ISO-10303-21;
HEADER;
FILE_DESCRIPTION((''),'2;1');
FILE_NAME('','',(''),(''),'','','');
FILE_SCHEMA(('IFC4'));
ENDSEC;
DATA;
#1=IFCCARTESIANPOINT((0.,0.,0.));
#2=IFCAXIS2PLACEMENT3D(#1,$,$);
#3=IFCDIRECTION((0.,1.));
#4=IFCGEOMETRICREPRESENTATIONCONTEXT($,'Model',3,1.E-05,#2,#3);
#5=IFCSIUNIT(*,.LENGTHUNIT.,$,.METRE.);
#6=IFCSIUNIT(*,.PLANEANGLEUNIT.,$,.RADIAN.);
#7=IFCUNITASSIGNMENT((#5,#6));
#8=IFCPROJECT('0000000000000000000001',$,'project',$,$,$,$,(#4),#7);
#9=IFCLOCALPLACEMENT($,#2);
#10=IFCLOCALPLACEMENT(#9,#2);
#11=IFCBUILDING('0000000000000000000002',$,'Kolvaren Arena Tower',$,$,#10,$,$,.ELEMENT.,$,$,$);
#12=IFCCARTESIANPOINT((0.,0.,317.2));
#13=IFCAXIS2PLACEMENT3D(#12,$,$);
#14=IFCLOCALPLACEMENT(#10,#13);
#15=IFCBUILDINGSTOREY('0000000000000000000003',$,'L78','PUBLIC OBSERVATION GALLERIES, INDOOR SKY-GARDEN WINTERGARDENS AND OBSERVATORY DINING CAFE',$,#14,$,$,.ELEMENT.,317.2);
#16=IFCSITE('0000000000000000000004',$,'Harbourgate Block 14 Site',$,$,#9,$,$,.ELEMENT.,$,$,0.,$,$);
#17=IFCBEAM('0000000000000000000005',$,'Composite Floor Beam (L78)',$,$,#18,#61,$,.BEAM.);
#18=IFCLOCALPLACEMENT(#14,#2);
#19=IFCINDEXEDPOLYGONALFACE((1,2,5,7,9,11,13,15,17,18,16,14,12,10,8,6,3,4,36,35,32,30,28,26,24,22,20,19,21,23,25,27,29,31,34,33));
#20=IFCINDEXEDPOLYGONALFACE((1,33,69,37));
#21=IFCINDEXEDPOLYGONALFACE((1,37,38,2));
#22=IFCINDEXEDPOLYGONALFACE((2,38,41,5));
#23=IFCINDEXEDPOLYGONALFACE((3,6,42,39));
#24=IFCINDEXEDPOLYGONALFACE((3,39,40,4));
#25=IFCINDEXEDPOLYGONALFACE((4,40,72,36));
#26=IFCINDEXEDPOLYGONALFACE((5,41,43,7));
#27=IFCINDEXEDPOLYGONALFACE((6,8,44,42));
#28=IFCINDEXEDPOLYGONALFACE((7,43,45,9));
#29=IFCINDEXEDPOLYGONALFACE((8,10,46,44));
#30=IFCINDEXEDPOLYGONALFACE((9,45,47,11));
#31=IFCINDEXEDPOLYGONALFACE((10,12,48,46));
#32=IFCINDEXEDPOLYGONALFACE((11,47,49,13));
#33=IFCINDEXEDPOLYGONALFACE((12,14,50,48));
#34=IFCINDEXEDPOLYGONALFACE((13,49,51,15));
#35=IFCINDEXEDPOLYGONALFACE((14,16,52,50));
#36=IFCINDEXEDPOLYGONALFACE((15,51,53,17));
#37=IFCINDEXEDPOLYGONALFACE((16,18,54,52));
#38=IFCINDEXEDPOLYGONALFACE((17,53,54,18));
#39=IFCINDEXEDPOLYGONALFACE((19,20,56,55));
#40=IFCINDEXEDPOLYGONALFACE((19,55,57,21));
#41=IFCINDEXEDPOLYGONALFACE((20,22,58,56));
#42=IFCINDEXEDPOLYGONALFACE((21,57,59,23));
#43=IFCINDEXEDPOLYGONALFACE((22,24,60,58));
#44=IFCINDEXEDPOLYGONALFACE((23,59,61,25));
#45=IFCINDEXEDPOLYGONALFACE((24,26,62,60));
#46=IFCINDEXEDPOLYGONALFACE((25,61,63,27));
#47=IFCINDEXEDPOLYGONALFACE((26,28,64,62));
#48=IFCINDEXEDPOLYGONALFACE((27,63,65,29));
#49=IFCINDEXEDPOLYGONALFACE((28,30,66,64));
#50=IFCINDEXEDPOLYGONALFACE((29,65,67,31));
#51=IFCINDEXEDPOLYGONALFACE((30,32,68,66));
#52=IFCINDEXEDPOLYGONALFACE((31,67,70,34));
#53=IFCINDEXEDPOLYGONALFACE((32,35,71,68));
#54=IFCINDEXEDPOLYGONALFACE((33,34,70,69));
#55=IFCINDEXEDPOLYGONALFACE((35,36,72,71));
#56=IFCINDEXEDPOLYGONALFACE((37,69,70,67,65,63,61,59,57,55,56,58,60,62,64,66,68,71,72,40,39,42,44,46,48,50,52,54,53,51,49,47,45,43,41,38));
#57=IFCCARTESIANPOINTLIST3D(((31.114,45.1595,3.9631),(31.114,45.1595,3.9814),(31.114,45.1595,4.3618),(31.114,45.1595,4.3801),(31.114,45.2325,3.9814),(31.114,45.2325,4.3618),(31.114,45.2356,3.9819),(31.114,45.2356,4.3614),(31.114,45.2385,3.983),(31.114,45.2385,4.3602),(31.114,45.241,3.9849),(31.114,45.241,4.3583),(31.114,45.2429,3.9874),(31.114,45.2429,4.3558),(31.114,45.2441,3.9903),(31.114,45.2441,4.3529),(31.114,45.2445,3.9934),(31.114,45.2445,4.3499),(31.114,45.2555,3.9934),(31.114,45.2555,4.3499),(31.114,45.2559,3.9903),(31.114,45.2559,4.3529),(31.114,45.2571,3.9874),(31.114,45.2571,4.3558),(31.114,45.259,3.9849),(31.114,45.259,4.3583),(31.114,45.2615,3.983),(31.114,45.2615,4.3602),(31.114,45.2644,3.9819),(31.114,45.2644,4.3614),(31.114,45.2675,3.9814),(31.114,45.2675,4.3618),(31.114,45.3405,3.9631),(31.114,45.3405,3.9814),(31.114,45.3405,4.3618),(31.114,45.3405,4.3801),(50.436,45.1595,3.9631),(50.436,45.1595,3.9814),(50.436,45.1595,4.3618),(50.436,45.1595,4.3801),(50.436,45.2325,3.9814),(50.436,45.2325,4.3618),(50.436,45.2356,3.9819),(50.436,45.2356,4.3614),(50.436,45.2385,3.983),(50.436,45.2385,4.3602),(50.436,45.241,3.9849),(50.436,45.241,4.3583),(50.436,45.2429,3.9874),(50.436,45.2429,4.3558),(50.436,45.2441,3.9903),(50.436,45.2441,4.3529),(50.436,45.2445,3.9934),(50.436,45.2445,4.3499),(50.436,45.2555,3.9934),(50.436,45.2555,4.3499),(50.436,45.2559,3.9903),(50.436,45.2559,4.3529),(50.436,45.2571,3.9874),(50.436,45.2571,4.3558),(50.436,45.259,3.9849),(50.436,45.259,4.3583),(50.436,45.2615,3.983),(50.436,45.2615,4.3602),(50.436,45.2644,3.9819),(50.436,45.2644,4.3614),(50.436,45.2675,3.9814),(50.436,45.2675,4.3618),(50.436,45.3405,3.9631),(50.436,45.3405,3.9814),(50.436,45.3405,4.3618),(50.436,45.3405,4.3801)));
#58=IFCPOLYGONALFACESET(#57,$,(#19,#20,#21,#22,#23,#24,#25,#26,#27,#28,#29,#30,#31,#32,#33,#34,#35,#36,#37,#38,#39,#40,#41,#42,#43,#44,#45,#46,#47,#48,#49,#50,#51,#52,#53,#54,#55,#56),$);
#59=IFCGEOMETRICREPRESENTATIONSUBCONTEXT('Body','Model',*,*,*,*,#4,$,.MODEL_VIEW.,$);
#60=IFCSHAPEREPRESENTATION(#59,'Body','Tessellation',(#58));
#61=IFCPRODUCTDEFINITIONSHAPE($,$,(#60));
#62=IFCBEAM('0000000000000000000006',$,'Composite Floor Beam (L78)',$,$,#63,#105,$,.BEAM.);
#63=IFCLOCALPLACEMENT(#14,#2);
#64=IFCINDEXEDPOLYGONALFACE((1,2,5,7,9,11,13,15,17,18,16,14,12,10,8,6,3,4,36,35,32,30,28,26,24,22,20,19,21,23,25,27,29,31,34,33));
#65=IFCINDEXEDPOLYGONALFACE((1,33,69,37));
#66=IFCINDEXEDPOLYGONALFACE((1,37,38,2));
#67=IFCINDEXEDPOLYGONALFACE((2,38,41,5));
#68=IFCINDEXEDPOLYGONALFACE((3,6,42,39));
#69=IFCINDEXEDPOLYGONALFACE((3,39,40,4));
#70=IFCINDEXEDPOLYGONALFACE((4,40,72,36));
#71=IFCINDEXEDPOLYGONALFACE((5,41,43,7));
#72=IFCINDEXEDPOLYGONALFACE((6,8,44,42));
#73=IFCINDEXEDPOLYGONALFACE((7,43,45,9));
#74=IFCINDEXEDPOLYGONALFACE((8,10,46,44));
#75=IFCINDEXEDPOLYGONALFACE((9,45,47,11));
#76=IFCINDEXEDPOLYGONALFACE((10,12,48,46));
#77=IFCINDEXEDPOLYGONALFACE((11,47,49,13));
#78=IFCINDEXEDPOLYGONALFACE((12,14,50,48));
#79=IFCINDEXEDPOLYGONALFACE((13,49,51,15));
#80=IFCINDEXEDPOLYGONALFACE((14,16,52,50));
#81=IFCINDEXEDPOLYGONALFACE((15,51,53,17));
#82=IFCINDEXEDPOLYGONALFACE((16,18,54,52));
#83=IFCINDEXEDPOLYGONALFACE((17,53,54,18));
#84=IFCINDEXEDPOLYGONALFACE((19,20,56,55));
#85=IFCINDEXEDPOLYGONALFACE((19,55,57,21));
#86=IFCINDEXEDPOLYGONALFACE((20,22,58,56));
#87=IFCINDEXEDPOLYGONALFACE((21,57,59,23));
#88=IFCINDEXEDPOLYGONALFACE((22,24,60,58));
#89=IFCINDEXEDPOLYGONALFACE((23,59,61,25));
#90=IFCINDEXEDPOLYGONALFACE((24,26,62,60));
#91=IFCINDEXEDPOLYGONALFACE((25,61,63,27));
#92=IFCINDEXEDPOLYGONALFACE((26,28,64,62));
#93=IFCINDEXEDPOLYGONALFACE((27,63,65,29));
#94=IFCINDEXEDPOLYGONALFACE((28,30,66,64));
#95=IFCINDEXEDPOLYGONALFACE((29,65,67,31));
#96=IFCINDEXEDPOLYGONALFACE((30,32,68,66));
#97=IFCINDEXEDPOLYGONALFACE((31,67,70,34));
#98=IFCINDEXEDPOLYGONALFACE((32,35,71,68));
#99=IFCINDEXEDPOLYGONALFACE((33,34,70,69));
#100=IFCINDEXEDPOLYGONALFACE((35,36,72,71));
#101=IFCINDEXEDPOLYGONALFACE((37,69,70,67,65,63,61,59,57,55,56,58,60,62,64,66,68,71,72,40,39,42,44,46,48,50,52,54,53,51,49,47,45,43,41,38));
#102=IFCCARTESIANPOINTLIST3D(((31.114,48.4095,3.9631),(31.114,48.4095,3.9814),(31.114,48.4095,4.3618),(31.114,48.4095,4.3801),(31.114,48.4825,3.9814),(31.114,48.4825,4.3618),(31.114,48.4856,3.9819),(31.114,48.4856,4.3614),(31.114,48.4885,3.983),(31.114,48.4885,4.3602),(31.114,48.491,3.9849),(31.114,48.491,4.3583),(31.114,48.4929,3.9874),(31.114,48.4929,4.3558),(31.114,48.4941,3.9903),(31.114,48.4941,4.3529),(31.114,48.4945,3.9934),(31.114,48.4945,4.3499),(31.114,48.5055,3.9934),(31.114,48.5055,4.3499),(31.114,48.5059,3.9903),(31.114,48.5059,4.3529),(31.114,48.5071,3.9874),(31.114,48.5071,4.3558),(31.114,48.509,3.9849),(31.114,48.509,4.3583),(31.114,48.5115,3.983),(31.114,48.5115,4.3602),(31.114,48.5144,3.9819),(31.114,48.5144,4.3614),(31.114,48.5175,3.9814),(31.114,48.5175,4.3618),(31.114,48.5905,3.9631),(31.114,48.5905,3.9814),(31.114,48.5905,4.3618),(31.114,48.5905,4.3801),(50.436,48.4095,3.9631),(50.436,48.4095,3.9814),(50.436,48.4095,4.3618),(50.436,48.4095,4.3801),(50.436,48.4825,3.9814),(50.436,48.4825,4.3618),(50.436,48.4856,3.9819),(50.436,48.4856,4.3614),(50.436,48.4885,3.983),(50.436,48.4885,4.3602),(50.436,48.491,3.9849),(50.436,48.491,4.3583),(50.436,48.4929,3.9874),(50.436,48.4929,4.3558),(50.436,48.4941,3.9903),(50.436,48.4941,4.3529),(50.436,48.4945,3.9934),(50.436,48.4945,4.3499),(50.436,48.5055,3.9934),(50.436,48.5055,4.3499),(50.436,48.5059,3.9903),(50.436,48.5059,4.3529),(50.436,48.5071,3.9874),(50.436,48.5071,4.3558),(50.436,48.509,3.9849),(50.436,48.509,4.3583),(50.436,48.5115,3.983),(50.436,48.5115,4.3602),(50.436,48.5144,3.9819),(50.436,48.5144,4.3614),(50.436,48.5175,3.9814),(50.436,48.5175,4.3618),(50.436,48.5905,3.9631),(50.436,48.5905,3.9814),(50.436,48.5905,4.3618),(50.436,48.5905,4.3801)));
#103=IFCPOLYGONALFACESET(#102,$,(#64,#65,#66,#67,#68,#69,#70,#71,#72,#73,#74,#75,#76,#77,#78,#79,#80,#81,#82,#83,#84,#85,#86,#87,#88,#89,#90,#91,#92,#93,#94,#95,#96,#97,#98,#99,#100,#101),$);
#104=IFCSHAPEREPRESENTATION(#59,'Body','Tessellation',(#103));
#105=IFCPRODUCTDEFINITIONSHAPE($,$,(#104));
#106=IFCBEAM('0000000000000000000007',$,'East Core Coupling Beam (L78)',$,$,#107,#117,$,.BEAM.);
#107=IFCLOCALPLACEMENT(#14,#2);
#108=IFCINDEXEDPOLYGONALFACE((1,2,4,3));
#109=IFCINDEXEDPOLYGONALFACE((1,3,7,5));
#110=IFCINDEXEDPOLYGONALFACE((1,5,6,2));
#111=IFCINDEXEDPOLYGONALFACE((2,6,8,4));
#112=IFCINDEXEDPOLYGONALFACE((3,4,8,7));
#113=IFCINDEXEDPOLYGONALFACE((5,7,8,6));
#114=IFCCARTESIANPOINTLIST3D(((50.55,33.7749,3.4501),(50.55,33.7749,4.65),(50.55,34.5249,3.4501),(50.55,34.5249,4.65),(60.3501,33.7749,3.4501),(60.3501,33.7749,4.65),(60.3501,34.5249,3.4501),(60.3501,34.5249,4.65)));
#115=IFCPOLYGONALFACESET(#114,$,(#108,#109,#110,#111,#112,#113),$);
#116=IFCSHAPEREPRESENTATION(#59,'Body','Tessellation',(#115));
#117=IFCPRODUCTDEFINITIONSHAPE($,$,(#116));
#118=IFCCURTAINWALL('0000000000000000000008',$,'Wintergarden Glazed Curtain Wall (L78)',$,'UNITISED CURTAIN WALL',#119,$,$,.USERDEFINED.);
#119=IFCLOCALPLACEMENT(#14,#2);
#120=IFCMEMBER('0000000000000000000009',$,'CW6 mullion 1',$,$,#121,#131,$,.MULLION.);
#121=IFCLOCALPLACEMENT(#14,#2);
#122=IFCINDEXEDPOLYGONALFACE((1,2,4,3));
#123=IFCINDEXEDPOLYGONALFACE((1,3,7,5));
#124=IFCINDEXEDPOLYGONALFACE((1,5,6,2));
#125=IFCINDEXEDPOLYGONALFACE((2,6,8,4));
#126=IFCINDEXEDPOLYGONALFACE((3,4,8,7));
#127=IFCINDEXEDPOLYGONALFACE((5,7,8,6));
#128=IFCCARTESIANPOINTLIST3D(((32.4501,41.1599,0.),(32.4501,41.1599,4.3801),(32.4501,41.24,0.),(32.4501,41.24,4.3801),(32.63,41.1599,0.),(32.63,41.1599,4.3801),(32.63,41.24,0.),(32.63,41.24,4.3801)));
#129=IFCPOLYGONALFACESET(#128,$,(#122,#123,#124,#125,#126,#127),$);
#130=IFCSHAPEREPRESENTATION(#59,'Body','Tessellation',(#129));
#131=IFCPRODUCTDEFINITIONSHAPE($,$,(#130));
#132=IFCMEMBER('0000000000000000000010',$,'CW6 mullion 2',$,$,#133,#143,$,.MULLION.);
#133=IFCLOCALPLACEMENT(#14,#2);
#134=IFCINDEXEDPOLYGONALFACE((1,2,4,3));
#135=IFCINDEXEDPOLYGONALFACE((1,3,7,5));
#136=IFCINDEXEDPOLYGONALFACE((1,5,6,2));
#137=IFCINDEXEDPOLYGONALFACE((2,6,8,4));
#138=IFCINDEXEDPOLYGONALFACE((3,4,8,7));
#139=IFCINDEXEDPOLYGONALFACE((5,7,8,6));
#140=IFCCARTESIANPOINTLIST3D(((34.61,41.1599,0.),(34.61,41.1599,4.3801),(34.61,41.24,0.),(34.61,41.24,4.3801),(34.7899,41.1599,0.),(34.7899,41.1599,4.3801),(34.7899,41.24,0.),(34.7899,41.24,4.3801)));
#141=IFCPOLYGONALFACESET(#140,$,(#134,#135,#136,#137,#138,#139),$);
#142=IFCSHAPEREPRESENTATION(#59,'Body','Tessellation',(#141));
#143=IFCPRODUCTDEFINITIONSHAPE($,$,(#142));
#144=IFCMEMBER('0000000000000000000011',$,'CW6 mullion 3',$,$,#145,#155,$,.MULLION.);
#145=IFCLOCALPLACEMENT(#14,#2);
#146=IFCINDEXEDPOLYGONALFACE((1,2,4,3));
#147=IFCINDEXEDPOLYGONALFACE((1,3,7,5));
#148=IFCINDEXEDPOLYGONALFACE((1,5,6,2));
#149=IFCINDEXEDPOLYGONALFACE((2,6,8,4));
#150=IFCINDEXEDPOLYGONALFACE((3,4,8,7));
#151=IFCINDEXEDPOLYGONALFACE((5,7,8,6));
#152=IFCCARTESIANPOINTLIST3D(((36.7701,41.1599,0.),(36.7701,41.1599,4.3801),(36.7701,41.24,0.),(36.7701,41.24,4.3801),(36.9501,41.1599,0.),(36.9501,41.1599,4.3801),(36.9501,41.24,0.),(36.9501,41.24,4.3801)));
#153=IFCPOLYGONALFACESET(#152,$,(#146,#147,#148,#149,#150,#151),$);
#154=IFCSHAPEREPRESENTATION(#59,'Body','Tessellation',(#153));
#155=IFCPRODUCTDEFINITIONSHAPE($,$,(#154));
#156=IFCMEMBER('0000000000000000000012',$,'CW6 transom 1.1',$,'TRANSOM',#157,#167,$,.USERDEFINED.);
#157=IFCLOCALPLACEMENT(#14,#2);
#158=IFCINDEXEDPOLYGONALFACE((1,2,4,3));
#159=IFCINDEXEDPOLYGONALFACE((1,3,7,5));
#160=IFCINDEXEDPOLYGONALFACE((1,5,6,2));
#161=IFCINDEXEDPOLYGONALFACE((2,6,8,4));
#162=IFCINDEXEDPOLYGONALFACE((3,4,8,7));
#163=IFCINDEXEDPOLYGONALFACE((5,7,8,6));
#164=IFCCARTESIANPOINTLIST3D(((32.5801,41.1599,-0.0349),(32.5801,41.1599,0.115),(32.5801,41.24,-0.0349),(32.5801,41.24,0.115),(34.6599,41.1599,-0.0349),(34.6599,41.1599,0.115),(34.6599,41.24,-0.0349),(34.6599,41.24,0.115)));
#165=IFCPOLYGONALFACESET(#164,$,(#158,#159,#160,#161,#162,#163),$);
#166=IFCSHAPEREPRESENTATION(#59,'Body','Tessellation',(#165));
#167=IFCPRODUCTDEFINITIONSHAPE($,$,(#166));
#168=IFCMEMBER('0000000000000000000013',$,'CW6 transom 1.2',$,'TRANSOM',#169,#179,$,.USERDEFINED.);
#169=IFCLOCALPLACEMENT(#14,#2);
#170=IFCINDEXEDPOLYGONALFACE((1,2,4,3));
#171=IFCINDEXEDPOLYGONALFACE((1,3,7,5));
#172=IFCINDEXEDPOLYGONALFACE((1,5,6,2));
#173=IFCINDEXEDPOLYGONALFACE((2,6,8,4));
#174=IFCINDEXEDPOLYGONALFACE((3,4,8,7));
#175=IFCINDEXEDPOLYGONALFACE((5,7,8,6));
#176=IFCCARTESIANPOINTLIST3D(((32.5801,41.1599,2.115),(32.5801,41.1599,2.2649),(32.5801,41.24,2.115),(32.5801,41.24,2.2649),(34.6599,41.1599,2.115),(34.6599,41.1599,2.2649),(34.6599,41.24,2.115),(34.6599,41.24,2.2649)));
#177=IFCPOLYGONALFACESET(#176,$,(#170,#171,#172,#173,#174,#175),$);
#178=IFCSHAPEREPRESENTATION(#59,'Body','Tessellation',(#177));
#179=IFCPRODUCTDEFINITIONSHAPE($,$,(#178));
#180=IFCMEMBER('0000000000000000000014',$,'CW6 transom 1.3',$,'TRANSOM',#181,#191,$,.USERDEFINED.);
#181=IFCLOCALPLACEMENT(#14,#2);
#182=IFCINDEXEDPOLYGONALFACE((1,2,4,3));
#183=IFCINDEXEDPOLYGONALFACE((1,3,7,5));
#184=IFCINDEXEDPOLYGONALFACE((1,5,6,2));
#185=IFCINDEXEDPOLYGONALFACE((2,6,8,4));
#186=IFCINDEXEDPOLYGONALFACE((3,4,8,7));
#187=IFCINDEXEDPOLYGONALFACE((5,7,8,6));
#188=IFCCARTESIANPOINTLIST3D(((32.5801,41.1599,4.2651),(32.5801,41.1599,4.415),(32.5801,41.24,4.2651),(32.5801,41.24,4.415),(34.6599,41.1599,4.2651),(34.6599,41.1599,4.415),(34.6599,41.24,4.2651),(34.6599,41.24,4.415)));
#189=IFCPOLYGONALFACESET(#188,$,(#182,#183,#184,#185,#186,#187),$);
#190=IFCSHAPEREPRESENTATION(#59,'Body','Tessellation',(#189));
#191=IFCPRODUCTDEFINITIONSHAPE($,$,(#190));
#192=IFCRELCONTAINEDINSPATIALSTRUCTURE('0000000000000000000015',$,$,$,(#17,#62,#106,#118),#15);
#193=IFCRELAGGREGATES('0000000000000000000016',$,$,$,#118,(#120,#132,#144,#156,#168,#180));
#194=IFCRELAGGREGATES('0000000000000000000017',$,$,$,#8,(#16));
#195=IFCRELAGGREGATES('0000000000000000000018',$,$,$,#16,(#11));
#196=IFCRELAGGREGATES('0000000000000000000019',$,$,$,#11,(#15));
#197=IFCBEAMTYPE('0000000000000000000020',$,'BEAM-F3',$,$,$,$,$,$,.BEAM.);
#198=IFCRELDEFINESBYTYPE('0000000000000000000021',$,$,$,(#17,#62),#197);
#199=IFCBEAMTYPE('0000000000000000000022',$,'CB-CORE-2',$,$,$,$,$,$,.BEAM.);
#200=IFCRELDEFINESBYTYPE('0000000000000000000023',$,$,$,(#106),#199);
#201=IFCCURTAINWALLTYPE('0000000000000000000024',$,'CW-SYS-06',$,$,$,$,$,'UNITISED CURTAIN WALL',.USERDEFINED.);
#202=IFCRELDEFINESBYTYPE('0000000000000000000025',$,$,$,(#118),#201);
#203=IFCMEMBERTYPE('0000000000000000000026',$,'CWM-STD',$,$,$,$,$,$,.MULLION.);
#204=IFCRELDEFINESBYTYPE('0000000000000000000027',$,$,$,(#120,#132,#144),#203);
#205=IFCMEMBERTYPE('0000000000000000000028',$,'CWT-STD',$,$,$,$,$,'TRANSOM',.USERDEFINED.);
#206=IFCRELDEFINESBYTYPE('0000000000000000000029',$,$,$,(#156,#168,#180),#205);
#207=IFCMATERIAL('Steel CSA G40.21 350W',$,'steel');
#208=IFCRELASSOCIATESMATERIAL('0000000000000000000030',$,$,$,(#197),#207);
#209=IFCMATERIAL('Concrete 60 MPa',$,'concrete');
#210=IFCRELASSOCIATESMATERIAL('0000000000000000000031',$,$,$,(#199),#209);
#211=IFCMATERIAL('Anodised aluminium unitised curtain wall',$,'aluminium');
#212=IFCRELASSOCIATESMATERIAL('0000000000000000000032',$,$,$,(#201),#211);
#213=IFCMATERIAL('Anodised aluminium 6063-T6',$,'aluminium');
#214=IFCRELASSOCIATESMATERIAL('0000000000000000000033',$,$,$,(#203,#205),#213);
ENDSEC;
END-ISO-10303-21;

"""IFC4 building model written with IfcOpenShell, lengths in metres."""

from ifc_helpers import new_model, si_unit, direction, frame, origin, origin_2d, place, context, subcontext, project, spatial, rectangle, i_section, extrude, material, material_profile, profile_set, type_object, element, aggregate, save


model = new_model("IFC4")

# Units and contexts
model_context = context("Model", 3, precision=1e-05, world=origin(), true_north=direction((0.0, 1.0)))
body_context = subcontext(model_context, "Body", "Model", "MODEL_VIEW")
ifc_project = project(units=[si_unit("LENGTHUNIT", "METRE"), si_unit("PLANEANGLEUNIT", "RADIAN")], contexts=[model_context])

# Site, building, storey
site_placement = place(None, origin())
site = spatial("IfcSite", under=ifc_project, at=site_placement, Name="Harbourgate Block 14 Site", CompositionType="ELEMENT", RefElevation=0.0)
building_placement = place(site_placement, origin())
building = spatial("IfcBuilding", under=site, at=building_placement, Name="Kolvaren Arena Tower", CompositionType="ELEMENT")
storey_placement = place(building_placement, frame((0.0, 0.0, 317.2)))
storey = spatial("IfcBuildingStorey", under=building, at=storey_placement, Name="L78", Description="PUBLIC OBSERVATION GALLERIES, INDOOR SKY-GARDEN WINTERGARDENS AND OBSERVATORY DINING CAFE", CompositionType="ELEMENT", Elevation=317.2)

# Beams
ifc_material_1 = material(Name="Steel CSA G40.21 350W", Category="steel")
ifc_material_profile_1 = material_profile(ifc_material_1, i_section(OverallWidth=0.1809, OverallDepth=0.417, WebThickness=0.011, FlangeThickness=0.0183, FilletRadius=0.012, at=origin_2d()), Name="W410x85")
ifc_profile_set_1 = profile_set([ifc_material_profile_1], Name="Steel CSA G40.21 350W")
beam_type_1 = type_object("IfcBeamType", Name="BEAM-F3", PredefinedType="BEAM", material=ifc_profile_set_1)
for number, where, z_axis, x_axis, name in (
    (1, (31.114, 45.25, 4.1716), (1.0, 0.0, 0.0), (0.0, 1.0, 0.0), "Composite Floor Beam (L78)"),
    (2, (31.114, 48.5, 4.1716), (1.0, 0.0, 0.0), (0.0, 1.0, 0.0), "Composite Floor Beam (L78)"),
):
    element("IfcBeam", number, at=place(storey_placement, frame(where, z_axis=z_axis, x_axis=x_axis)), inside=storey, type_object=beam_type_1, Name=name, PredefinedType="BEAM", context=body_context, shape_type="SweptSolid", body=[
        extrude(i_section(OverallWidth=0.1809, OverallDepth=0.417, WebThickness=0.011, FlangeThickness=0.0183, FilletRadius=0.012, at=origin_2d()), origin(), (0.0, 0.0, 1.0), 19.322),
    ])
ifc_material_2 = material(Name="Concrete 60 MPa", Category="concrete")
ifc_material_profile_2 = material_profile(ifc_material_2, rectangle(XDim=0.75, YDim=1.2, at=origin_2d()), Name="RC-750x1200")
ifc_profile_set_2 = profile_set([ifc_material_profile_2], Name="Concrete 60 MPa")
beam_type_2 = type_object("IfcBeamType", Name="CB-CORE-2", PredefinedType="BEAM", material=ifc_profile_set_2)
beam_1_placement = place(storey_placement, frame((50.55, 34.1499, 4.05), z_axis=(1.0, 0.0, 0.0), x_axis=(0.0, 1.0, 0.0)))
element("IfcBeam", 3, at=beam_1_placement, inside=storey, type_object=beam_type_2, Name="East Core Coupling Beam (L78)", PredefinedType="BEAM", context=body_context, shape_type="SweptSolid", body=[
    extrude(rectangle(XDim=0.75, YDim=1.2, at=origin_2d()), origin(), (0.0, 0.0, 1.0), 9.8),
])

# Curtain wall, members
ifc_material_3 = material(Name="Anodised aluminium unitised curtain wall", Category="aluminium")
curtain_wall_type = type_object("IfcCurtainWallType", Name="CW-SYS-06", ElementType="UNITISED CURTAIN WALL", PredefinedType="USERDEFINED", material=ifc_material_3)
curtain_wall_placement = place(storey_placement, origin())
curtain_wall = element("IfcCurtainWall", 4, at=curtain_wall_placement, inside=storey, type_object=curtain_wall_type, Name="Wintergarden Glazed Curtain Wall (L78)", ObjectType="UNITISED CURTAIN WALL", PredefinedType="USERDEFINED")
ifc_material_4 = material(Name="Anodised aluminium 6063-T6", Category="aluminium")
ifc_material_profile_3 = material_profile(ifc_material_4, rectangle(XDim=0.0801, YDim=0.1799, at=origin_2d()), Name="ALU-80x180")
ifc_profile_set_3 = profile_set([ifc_material_profile_3], Name="Anodised aluminium 6063-T6")
member_type_1 = type_object("IfcMemberType", Name="CWM-STD", PredefinedType="MULLION", material=ifc_profile_set_3)
member_1_placement = place(storey_placement, frame((32.54, 41.2, 0.0), z_axis=(0.0, 0.0, 1.0), x_axis=(0.0, 1.0, 0.0)))
member_1 = element("IfcMember", 5, at=member_1_placement, type_object=member_type_1, Name="CW6 mullion 1", PredefinedType="MULLION", context=body_context, shape_type="SweptSolid", body=[
    extrude(rectangle(XDim=0.0801, YDim=0.1799, at=origin_2d()), origin(), (0.0, 0.0, 1.0), 4.3801),
])
member_2_placement = place(storey_placement, frame((34.7, 41.2, 0.0), z_axis=(0.0, 0.0, 1.0), x_axis=(0.0, 1.0, 0.0)))
member_2 = element("IfcMember", 6, at=member_2_placement, type_object=member_type_1, Name="CW6 mullion 2", PredefinedType="MULLION", context=body_context, shape_type="SweptSolid", body=[
    extrude(rectangle(XDim=0.0801, YDim=0.1799, at=origin_2d()), origin(), (0.0, 0.0, 1.0), 4.3801),
])
member_3_placement = place(storey_placement, frame((36.8601, 41.2, 0.0), z_axis=(0.0, 0.0, 1.0), x_axis=(0.0, 1.0, 0.0)))
member_3 = element("IfcMember", 7, at=member_3_placement, type_object=member_type_1, Name="CW6 mullion 3", PredefinedType="MULLION", context=body_context, shape_type="SweptSolid", body=[
    extrude(rectangle(XDim=0.0801, YDim=0.1799, at=origin_2d()), origin(), (0.0, 0.0, 1.0), 4.3801),
])
ifc_material_profile_4 = material_profile(ifc_material_4, rectangle(XDim=0.0801, YDim=0.1499, at=origin_2d()), Name="ALU-80x150")
ifc_profile_set_4 = profile_set([ifc_material_profile_4], Name="Anodised aluminium 6063-T6")
member_type_2 = type_object("IfcMemberType", Name="CWT-STD", ElementType="TRANSOM", PredefinedType="USERDEFINED", material=ifc_profile_set_4)
member_4_placement = place(storey_placement, frame((32.5801, 41.2, 0.04), z_axis=(1.0, 0.0, 0.0), x_axis=(0.0, 1.0, 0.0)))
member_4 = element("IfcMember", 8, at=member_4_placement, type_object=member_type_2, Name="CW6 transom 1.1", ObjectType="TRANSOM", PredefinedType="USERDEFINED", context=body_context, shape_type="SweptSolid", body=[
    extrude(rectangle(XDim=0.0801, YDim=0.1499, at=origin_2d()), origin(), (0.0, 0.0, 1.0), 2.0798),
])
member_5_placement = place(storey_placement, frame((32.5801, 41.2, 2.1899), z_axis=(1.0, 0.0, 0.0), x_axis=(0.0, 1.0, 0.0)))
member_5 = element("IfcMember", 9, at=member_5_placement, type_object=member_type_2, Name="CW6 transom 1.2", ObjectType="TRANSOM", PredefinedType="USERDEFINED", context=body_context, shape_type="SweptSolid", body=[
    extrude(rectangle(XDim=0.0801, YDim=0.1499, at=origin_2d()), origin(), (0.0, 0.0, 1.0), 2.0798),
])
member_6_placement = place(storey_placement, frame((32.5801, 41.2, 4.3401), z_axis=(1.0, 0.0, 0.0), x_axis=(0.0, 1.0, 0.0)))
member_6 = element("IfcMember", 10, at=member_6_placement, type_object=member_type_2, Name="CW6 transom 1.3", ObjectType="TRANSOM", PredefinedType="USERDEFINED", context=body_context, shape_type="SweptSolid", body=[
    extrude(rectangle(XDim=0.0801, YDim=0.1499, at=origin_2d()), origin(), (0.0, 0.0, 1.0), 2.0798),
])

aggregate(curtain_wall, [member_1, member_2, member_3, member_4, member_5, member_6])

save(model, "model.ifc")
